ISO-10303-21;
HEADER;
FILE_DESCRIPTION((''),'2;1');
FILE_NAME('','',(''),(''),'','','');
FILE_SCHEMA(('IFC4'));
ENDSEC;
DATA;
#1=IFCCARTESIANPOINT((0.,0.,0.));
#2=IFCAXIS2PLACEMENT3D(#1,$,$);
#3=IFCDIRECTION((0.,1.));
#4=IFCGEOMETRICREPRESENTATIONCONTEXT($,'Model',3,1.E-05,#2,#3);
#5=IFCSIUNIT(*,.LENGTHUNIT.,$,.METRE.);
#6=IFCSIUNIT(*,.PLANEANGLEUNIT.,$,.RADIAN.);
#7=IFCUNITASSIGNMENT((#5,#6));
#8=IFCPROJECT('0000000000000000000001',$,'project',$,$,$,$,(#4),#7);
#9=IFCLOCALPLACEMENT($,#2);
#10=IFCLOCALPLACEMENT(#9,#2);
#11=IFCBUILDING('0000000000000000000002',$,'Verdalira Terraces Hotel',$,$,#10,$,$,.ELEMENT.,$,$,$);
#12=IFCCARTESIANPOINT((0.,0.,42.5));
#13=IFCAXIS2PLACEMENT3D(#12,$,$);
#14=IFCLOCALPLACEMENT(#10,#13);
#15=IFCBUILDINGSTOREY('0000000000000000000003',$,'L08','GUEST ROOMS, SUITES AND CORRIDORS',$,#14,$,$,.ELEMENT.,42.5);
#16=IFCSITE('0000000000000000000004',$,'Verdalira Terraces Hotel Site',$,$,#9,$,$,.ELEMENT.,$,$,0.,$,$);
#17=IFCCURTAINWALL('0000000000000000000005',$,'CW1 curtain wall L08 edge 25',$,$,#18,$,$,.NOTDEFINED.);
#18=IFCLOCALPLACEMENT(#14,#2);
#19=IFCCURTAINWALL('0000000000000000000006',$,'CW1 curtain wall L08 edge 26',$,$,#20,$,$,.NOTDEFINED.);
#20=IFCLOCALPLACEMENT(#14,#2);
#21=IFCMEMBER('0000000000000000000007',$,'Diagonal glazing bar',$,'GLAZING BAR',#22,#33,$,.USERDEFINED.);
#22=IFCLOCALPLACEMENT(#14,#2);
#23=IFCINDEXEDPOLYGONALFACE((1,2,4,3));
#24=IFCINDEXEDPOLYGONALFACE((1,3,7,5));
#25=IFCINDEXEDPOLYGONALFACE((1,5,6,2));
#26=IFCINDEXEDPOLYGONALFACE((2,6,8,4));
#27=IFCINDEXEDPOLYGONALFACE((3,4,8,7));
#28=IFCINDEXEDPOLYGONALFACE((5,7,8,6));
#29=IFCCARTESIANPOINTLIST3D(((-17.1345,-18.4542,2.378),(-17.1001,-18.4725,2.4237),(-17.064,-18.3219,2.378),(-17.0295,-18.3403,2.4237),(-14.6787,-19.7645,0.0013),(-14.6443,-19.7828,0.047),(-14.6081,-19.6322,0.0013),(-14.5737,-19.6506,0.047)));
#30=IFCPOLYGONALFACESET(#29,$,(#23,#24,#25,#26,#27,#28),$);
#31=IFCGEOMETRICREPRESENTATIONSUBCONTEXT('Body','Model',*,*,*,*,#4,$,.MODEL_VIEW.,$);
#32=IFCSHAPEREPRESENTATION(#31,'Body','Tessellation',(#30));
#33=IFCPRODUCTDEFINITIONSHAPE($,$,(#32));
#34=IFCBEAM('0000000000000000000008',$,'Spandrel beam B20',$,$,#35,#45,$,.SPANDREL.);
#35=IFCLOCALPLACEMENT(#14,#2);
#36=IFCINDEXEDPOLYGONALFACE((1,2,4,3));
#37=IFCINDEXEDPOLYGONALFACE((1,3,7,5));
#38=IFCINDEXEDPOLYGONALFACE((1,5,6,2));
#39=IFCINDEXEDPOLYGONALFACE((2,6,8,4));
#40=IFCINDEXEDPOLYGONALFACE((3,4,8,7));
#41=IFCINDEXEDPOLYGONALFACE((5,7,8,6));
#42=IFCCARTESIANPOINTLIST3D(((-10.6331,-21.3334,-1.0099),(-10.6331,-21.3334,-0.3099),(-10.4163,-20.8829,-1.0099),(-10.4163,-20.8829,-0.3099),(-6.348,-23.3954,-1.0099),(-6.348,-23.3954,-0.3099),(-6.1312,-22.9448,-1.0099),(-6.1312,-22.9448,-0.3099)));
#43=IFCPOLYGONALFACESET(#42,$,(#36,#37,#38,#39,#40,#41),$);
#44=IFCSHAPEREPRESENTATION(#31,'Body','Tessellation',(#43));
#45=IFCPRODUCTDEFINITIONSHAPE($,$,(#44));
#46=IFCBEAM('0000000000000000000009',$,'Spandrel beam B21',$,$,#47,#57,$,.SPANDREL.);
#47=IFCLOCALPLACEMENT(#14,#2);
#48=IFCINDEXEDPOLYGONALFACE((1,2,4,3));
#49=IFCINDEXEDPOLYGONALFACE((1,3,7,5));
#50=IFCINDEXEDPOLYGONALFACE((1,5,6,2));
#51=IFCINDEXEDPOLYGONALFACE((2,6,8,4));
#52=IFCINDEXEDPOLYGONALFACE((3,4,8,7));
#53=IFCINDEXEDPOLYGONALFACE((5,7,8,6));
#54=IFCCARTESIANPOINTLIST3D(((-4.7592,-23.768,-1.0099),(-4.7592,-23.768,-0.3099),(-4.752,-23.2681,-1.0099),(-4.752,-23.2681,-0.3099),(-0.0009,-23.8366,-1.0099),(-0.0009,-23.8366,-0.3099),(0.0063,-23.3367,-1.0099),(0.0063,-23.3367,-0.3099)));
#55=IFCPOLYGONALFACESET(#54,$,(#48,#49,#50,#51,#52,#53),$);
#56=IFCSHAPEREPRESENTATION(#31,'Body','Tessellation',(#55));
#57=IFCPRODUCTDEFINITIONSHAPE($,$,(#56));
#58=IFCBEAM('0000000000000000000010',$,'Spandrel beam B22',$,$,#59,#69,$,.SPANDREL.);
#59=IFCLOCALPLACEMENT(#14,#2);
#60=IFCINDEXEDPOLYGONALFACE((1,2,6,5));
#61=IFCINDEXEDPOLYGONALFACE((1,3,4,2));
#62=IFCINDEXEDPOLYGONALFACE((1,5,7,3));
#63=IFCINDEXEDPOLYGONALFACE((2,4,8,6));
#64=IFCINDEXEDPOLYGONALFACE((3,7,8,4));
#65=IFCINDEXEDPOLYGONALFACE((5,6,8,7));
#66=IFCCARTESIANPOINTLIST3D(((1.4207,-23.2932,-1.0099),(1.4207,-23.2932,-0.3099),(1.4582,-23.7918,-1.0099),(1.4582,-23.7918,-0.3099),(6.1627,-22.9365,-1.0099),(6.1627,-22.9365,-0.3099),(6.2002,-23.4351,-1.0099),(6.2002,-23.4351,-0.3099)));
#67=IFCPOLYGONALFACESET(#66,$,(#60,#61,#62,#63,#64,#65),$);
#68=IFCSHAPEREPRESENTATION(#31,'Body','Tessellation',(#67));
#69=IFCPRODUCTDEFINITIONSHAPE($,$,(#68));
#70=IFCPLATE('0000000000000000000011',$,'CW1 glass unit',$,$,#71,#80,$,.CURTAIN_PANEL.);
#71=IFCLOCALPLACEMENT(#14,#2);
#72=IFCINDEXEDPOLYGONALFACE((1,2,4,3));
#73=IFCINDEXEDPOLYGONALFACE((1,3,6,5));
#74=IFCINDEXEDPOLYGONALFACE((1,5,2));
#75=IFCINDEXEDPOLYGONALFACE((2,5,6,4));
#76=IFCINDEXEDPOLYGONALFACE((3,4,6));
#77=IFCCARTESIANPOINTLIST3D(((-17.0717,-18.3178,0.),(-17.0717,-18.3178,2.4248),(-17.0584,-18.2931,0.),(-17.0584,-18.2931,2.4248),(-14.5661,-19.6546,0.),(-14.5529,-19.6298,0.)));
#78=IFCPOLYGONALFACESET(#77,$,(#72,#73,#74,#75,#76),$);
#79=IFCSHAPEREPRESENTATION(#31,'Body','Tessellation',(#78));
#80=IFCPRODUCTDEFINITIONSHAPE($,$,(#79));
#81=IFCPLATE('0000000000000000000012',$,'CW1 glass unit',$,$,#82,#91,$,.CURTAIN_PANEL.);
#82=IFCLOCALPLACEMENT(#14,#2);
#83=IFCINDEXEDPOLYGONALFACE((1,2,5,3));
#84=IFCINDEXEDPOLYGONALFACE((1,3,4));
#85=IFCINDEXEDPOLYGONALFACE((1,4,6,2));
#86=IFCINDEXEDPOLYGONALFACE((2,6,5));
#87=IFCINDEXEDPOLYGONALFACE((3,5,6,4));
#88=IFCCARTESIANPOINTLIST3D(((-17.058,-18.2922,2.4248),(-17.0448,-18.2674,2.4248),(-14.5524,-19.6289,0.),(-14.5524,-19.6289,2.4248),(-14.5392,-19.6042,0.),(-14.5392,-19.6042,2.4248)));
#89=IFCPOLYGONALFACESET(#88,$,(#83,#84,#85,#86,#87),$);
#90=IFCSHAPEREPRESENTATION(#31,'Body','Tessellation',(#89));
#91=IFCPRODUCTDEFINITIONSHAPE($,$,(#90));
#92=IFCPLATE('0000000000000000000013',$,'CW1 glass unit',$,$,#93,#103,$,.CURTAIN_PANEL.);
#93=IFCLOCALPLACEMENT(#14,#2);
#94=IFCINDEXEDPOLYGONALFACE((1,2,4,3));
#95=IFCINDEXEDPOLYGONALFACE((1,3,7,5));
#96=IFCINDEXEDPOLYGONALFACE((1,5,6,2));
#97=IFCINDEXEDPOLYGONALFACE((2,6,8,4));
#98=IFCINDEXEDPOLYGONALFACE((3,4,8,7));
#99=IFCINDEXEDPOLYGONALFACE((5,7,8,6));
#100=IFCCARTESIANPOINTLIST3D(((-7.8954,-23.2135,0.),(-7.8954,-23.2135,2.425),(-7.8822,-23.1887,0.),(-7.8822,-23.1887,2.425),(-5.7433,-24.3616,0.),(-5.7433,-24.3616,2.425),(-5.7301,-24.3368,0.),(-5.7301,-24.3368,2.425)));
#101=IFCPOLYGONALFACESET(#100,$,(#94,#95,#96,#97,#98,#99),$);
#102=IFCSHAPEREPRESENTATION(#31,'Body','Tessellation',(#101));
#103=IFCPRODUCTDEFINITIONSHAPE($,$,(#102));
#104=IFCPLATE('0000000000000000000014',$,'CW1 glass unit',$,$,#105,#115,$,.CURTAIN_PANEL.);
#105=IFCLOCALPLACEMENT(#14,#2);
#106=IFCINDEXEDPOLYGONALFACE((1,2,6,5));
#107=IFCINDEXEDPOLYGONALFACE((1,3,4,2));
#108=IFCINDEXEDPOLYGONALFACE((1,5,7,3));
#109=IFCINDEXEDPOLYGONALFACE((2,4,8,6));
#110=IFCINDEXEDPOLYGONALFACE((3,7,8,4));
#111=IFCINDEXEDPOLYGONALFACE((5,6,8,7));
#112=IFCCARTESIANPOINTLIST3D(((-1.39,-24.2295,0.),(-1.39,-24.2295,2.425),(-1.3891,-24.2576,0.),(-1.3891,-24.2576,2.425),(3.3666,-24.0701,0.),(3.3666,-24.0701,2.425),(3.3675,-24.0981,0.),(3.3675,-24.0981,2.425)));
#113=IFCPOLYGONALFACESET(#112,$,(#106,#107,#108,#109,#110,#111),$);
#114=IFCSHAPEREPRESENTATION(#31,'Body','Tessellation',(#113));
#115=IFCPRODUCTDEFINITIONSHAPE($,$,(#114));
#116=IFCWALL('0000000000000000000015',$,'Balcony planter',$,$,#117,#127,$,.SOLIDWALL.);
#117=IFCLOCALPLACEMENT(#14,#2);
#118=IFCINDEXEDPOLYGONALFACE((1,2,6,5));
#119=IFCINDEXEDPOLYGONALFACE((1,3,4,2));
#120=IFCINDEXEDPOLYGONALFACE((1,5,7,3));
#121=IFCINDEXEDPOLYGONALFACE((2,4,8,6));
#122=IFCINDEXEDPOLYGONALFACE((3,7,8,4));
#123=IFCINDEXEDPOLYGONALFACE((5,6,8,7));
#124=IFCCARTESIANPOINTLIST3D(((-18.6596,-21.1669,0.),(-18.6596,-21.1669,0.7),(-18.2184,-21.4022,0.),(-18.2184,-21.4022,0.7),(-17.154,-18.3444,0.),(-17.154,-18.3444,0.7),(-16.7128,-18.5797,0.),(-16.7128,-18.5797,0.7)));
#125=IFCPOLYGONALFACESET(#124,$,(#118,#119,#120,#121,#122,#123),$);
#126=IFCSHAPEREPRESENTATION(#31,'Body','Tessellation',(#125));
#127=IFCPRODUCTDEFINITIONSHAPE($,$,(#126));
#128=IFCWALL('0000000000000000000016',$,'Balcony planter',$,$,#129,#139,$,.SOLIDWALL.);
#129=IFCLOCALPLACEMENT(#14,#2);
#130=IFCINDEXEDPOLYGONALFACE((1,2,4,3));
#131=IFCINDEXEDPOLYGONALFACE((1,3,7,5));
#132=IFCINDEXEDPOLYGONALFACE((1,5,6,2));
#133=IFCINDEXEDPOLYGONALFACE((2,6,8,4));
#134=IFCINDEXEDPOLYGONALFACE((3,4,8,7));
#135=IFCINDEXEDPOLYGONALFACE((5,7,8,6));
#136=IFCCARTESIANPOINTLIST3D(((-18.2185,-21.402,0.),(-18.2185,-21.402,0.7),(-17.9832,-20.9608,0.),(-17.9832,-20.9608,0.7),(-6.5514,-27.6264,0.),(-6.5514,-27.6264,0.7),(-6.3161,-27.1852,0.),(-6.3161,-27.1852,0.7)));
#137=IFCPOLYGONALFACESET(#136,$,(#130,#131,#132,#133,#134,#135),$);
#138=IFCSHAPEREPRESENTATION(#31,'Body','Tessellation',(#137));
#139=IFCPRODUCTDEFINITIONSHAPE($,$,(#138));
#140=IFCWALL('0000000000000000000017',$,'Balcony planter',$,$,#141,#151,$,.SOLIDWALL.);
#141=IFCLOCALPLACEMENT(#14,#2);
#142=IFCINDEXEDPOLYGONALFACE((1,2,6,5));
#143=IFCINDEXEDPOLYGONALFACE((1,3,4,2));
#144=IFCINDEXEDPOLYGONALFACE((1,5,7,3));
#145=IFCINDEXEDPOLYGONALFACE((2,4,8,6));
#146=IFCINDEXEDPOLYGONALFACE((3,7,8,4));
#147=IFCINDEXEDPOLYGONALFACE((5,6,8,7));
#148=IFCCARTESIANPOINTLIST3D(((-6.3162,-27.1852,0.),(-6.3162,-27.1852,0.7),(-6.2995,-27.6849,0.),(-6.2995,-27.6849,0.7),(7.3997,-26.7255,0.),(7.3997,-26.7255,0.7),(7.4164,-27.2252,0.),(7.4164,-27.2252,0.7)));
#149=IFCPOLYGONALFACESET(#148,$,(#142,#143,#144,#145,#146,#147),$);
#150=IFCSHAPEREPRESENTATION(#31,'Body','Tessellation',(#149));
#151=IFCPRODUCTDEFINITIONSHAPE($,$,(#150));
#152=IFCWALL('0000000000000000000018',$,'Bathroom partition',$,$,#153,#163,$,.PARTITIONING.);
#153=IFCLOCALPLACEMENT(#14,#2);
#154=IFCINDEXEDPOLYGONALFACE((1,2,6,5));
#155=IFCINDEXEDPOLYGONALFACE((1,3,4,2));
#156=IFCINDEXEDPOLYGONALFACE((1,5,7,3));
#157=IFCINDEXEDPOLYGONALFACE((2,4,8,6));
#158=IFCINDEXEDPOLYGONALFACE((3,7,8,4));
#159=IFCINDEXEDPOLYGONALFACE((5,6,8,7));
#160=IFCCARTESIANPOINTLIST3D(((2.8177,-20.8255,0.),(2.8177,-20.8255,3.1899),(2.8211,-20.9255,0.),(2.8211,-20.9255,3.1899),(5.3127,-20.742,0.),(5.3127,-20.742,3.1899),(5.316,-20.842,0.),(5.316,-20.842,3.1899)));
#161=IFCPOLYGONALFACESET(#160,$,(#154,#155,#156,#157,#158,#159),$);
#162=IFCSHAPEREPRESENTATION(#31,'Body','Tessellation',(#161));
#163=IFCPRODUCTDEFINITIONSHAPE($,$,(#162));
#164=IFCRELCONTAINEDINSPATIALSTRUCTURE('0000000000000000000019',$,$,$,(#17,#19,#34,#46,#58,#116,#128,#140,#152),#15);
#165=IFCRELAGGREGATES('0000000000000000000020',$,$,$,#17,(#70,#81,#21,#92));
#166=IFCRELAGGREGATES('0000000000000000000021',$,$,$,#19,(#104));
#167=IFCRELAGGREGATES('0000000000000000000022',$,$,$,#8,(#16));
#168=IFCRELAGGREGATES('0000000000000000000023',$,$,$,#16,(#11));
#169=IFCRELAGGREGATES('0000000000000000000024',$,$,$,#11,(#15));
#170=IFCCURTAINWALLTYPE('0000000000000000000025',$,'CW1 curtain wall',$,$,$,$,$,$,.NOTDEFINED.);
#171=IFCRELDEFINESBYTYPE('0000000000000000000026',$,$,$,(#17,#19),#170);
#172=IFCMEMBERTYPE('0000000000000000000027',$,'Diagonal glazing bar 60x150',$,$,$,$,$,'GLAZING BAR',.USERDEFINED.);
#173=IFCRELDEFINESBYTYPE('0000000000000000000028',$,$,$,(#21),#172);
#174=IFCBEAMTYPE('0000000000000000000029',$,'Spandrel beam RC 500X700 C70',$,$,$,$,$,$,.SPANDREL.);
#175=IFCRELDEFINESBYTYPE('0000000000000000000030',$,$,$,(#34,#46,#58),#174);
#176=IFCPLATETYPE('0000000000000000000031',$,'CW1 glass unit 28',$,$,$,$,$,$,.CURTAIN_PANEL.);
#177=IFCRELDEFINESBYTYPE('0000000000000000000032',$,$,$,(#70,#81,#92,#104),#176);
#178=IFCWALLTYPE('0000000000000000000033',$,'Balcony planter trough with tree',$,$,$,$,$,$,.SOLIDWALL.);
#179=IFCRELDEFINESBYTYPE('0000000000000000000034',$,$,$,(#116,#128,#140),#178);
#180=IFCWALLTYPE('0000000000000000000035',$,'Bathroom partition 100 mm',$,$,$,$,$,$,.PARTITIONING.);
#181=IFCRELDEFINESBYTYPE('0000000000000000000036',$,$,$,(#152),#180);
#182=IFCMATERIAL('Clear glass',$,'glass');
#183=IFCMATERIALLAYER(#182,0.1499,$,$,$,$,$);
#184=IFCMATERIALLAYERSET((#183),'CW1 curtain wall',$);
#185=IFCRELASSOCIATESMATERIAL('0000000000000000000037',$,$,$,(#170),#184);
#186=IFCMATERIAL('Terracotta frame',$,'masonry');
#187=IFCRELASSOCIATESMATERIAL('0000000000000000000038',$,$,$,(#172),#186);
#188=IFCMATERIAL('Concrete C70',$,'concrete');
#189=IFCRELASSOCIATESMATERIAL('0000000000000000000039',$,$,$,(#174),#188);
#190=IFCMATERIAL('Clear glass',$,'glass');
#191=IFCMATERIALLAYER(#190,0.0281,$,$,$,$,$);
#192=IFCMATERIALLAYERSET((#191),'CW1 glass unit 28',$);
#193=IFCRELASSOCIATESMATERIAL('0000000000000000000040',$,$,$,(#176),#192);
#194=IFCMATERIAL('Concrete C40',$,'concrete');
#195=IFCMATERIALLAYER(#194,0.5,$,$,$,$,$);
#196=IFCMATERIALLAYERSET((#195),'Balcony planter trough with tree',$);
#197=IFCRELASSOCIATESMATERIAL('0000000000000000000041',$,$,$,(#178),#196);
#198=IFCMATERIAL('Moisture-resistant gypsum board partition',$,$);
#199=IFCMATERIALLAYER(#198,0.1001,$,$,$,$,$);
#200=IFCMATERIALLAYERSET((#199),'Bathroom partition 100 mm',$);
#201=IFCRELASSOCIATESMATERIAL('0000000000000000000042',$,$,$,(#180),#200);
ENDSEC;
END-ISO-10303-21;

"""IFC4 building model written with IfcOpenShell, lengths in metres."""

from ifc_helpers import new_model, si_unit, direction, frame, frame_2d, origin, origin_2d, place, context, subcontext, project, spatial, polyline, rectangle, outline, extrude, material, layer, layer_set, material_profile, profile_set, type_object, element, aggregate, save


model = new_model("IFC4")

# Units and contexts
model_context = context("Model", 3, precision=1e-05, world=origin(), true_north=direction((0.0, 1.0)))
body_context = subcontext(model_context, "Body", "Model", "MODEL_VIEW")
ifc_project = project(units=[si_unit("LENGTHUNIT", "METRE"), si_unit("PLANEANGLEUNIT", "RADIAN")], contexts=[model_context])

# Site, building, storey
site_placement = place(None, origin())
site = spatial("IfcSite", under=ifc_project, at=site_placement, Name="Verdalira Terraces Hotel Site", CompositionType="ELEMENT", RefElevation=0.0)
building_placement = place(site_placement, origin())
building = spatial("IfcBuilding", under=site, at=building_placement, Name="Verdalira Terraces Hotel", CompositionType="ELEMENT")
storey_placement = place(building_placement, frame((0.0, 0.0, 42.5)))
storey = spatial("IfcBuildingStorey", under=building, at=storey_placement, Name="L08", Description="GUEST ROOMS, SUITES AND CORRIDORS", CompositionType="ELEMENT", Elevation=42.5)

# Curtain wall
ifc_material_1 = material(Name="Clear glass", Category="glass")
ifc_layer_1 = layer(ifc_material_1, 0.1499)
ifc_layer_set_1 = layer_set([ifc_layer_1], Name="CW1 curtain wall")
curtain_wall_type_1 = type_object("IfcCurtainWallType", Name="CW1 curtain wall", PredefinedType="NOTDEFINED", material=ifc_layer_set_1)
curtain_wall_1_placement = place(storey_placement, origin())
curtain_wall_1 = element("IfcCurtainWall", 1, at=curtain_wall_1_placement, inside=storey, type_object=curtain_wall_type_1, Name="CW1 curtain wall L08 edge 25", PredefinedType="NOTDEFINED")

# Curtain wall
curtain_wall_2_placement = place(storey_placement, origin())
curtain_wall_2 = element("IfcCurtainWall", 2, at=curtain_wall_2_placement, inside=storey, type_object=curtain_wall_type_1, Name="CW1 curtain wall L08 edge 26", PredefinedType="NOTDEFINED")

# Member
ifc_material_2 = material(Name="Terracotta frame", Category="masonry")
ifc_material_profile_1 = material_profile(ifc_material_2, rectangle(XDim=0.1499, YDim=0.0601, at=origin_2d()), Name="GB 60x150")
ifc_profile_set_1 = profile_set([ifc_material_profile_1], Name="Terracotta frame")
member_type_1 = type_object("IfcMemberType", Name="Diagonal glazing bar 60x150", ElementType="GLAZING BAR", PredefinedType="USERDEFINED", material=ifc_profile_set_1)
member_1_placement = place(storey_placement, frame((-17.082, -18.3972, 2.4009), z_axis=(0.67096, -0.357992, -0.649349), x_axis=(0.470738, 0.882273, 0.0)))
member_1 = element("IfcMember", 3, at=member_1_placement, type_object=member_type_1, Name="Diagonal glazing bar", ObjectType="GLAZING BAR", PredefinedType="USERDEFINED", context=body_context, shape_type="SweptSolid", body=[
    extrude(rectangle(XDim=0.1499, YDim=0.0601, at=origin_2d()), origin(), (0.0, 0.0, 1.0), 3.6602),
])

# Beams
ifc_material_3 = material(Name="Concrete C70", Category="concrete")
ifc_material_profile_2 = material_profile(ifc_material_3, rectangle(XDim=0.5, YDim=0.7, at=origin_2d()), Name="RC 500X700")
ifc_profile_set_2 = profile_set([ifc_material_profile_2], Name="Concrete C70")
beam_type_1 = type_object("IfcBeamType", Name="Spandrel beam RC 500X700 C70", PredefinedType="SPANDREL", material=ifc_profile_set_2)
beam_1_placement = place(storey_placement, frame((-10.5247, -21.1082, -0.6599), z_axis=(0.901101, -0.433609, 0.0), x_axis=(0.433609, 0.901101, 0.0)))
element("IfcBeam", 4, at=beam_1_placement, inside=storey, type_object=beam_type_1, Name="Spandrel beam B20", PredefinedType="SPANDREL", context=body_context, shape_type="SweptSolid", body=[
    extrude(rectangle(XDim=0.5, YDim=0.7, at=origin_2d()), origin(), (0.0, 0.0, 1.0), 4.7554),
])
beam_2_placement = place(storey_placement, frame((-4.7556, -23.5181, -0.6599), z_axis=(0.999896, -0.014416, 0.0), x_axis=(0.014416, 0.999896, 0.0)))
element("IfcBeam", 5, at=beam_2_placement, inside=storey, type_object=beam_type_1, Name="Spandrel beam B21", PredefinedType="SPANDREL", context=body_context, shape_type="SweptSolid", body=[
    extrude(rectangle(XDim=0.5, YDim=0.7, at=origin_2d()), origin(), (0.0, 0.0, 1.0), 4.7588),
])
beam_3_placement = place(storey_placement, frame((1.4395, -23.5425, -0.6599), z_axis=(0.997183, 0.075008, 0.0), x_axis=(-0.075008, 0.997183, 0.0)))
element("IfcBeam", 6, at=beam_3_placement, inside=storey, type_object=beam_type_1, Name="Spandrel beam B22", PredefinedType="SPANDREL", context=body_context, shape_type="SweptSolid", body=[
    extrude(rectangle(XDim=0.5, YDim=0.7, at=origin_2d()), origin(), (0.0, 0.0, 1.0), 4.7554),
])

# Plates
ifc_material_4 = material(Name="Clear glass", Category="glass")
ifc_layer_2 = layer(ifc_material_4, 0.0281)
ifc_layer_set_2 = layer_set([ifc_layer_2], Name="CW1 glass unit 28")
plate_type = type_object("IfcPlateType", Name="CW1 glass unit 28", PredefinedType="CURTAIN_PANEL", material=ifc_layer_set_2)
plate_1_placement = place(storey_placement, frame((-15.8057, -18.9614, 1.2124), z_axis=(-0.470704, -0.882291, 0.0), x_axis=(0.882291, -0.470704, 0.0)))
plate_1 = element("IfcPlate", 7, at=plate_1_placement, type_object=plate_type, Name="CW1 glass unit", PredefinedType="CURTAIN_PANEL", context=body_context, shape_type="SweptSolid", body=[
    extrude(outline(polyline([(-1.4199, -1.2124), (1.4199, -1.2124), (-1.4199, 1.2124), (-1.4199, -1.2124)])), origin(), (0.0, 0.0, 1.0), 0.0281),
])
plate_2_placement = place(storey_placement, frame((-15.792, -18.9358, 1.2124), z_axis=(-0.470704, -0.882291, 0.0), x_axis=(0.882291, -0.470704, 0.0)))
plate_2 = element("IfcPlate", 8, at=plate_2_placement, type_object=plate_type, Name="CW1 glass unit", PredefinedType="CURTAIN_PANEL", context=body_context, shape_type="SweptSolid", body=[
    extrude(outline(polyline([(1.4199, -1.2124), (1.4199, 1.2124), (-1.4199, 1.2124), (1.4199, -1.2124)])), origin(), (0.0, 0.0, 1.0), 0.0281),
])
plate_3_placement = place(storey_placement, frame((-6.8127, -23.7751, 0.0), z_axis=(0.0, 0.0, 1.0), x_axis=(0.882291, -0.470704, 0.0)))
plate_3 = element("IfcPlate", 9, at=plate_3_placement, type_object=plate_type, Name="CW1 glass unit", PredefinedType="CURTAIN_PANEL", context=body_context, shape_type="SweptSolid", body=[
    extrude(rectangle(XDim=2.4392, YDim=0.0281, at=origin_2d()), origin(), (0.0, 0.0, 1.0), 2.425),
])
aggregate(curtain_wall_1, [plate_1, plate_2, member_1, plate_3])
plate_4_placement = place(storey_placement, frame((0.9888, -24.1638, 0.0), z_axis=(0.0, 0.0, 1.0), x_axis=(0.999439, 0.033504, 0.0)))
plate_4 = element("IfcPlate", 10, at=plate_4_placement, type_object=plate_type, Name="CW1 glass unit", PredefinedType="CURTAIN_PANEL", context=body_context, shape_type="SweptSolid", body=[
    extrude(rectangle(XDim=4.7593, YDim=0.0281, at=origin_2d()), origin(), (0.0, 0.0, 1.0), 2.425),
])
aggregate(curtain_wall_2, [plate_4])

# Walls
ifc_material_5 = material(Name="Concrete C40", Category="concrete")
ifc_layer_3 = layer(ifc_material_5, 0.5)
ifc_layer_set_3 = layer_set([ifc_layer_3], Name="Balcony planter trough with tree")
wall_type_1 = type_object("IfcWallType", Name="Balcony planter trough with tree", PredefinedType="SOLIDWALL", material=ifc_layer_set_3)
wall_1_placement = place(storey_placement, frame((-16.9334, -18.4619, 0.0), z_axis=(0.0, 0.0, 1.0), x_axis=(-0.470656, -0.882317, 0.0)))
element("IfcWall", 11, at=wall_1_placement, inside=storey, type_object=wall_type_1, Name="Balcony planter", PredefinedType="SOLIDWALL", context=body_context, shape_type="SweptSolid", body=[
    extrude(rectangle(XDim=3.199, YDim=0.5, at=frame_2d((1.5996, 0.0))), origin(), (0.0, 0.0, 1.0), 0.7),
])
wall_2_placement = place(storey_placement, frame((-18.1008, -21.1814, 0.0), z_axis=(0.0, 0.0, 1.0), x_axis=(0.882291, -0.470704, 0.0)))
element("IfcWall", 12, at=wall_2_placement, inside=storey, type_object=wall_type_1, Name="Balcony planter", PredefinedType="SOLIDWALL", context=body_context, shape_type="SweptSolid", body=[
    extrude(rectangle(XDim=13.2236, YDim=0.5, at=frame_2d((6.6118, 0.0))), origin(), (0.0, 0.0, 1.0), 0.7),
])
wall_3_placement = place(storey_placement, frame((-6.3079, -27.4351, 0.0), z_axis=(0.0, 0.0, 1.0), x_axis=(0.999439, 0.033498, 0.0)))
element("IfcWall", 13, at=wall_3_placement, inside=storey, type_object=wall_type_1, Name="Balcony planter", PredefinedType="SOLIDWALL", context=body_context, shape_type="SweptSolid", body=[
    extrude(rectangle(XDim=13.7236, YDim=0.5, at=frame_2d((6.8618, 0.0))), origin(), (0.0, 0.0, 1.0), 0.7),
])
ifc_material_6 = material(Name="Moisture-resistant gypsum board partition")
ifc_layer_4 = layer(ifc_material_6, 0.1001)
ifc_layer_set_4 = layer_set([ifc_layer_4], Name="Bathroom partition 100 mm")
wall_type_2 = type_object("IfcWallType", Name="Bathroom partition 100 mm", PredefinedType="PARTITIONING", material=ifc_layer_set_4)
wall_4_placement = place(storey_placement, frame((5.3142, -20.792, 0.0), z_axis=(0.0, 0.0, 1.0), x_axis=(-0.99944, -0.033448, 0.0)))
element("IfcWall", 14, at=wall_4_placement, inside=storey, type_object=wall_type_2, Name="Bathroom partition", PredefinedType="PARTITIONING", context=body_context, shape_type="SweptSolid", body=[
    extrude(rectangle(XDim=2.4963, YDim=0.1001, at=frame_2d((1.248, 0.0))), origin(), (0.0, 0.0, 1.0), 3.1899),
])

save(model, "model.ifc")
